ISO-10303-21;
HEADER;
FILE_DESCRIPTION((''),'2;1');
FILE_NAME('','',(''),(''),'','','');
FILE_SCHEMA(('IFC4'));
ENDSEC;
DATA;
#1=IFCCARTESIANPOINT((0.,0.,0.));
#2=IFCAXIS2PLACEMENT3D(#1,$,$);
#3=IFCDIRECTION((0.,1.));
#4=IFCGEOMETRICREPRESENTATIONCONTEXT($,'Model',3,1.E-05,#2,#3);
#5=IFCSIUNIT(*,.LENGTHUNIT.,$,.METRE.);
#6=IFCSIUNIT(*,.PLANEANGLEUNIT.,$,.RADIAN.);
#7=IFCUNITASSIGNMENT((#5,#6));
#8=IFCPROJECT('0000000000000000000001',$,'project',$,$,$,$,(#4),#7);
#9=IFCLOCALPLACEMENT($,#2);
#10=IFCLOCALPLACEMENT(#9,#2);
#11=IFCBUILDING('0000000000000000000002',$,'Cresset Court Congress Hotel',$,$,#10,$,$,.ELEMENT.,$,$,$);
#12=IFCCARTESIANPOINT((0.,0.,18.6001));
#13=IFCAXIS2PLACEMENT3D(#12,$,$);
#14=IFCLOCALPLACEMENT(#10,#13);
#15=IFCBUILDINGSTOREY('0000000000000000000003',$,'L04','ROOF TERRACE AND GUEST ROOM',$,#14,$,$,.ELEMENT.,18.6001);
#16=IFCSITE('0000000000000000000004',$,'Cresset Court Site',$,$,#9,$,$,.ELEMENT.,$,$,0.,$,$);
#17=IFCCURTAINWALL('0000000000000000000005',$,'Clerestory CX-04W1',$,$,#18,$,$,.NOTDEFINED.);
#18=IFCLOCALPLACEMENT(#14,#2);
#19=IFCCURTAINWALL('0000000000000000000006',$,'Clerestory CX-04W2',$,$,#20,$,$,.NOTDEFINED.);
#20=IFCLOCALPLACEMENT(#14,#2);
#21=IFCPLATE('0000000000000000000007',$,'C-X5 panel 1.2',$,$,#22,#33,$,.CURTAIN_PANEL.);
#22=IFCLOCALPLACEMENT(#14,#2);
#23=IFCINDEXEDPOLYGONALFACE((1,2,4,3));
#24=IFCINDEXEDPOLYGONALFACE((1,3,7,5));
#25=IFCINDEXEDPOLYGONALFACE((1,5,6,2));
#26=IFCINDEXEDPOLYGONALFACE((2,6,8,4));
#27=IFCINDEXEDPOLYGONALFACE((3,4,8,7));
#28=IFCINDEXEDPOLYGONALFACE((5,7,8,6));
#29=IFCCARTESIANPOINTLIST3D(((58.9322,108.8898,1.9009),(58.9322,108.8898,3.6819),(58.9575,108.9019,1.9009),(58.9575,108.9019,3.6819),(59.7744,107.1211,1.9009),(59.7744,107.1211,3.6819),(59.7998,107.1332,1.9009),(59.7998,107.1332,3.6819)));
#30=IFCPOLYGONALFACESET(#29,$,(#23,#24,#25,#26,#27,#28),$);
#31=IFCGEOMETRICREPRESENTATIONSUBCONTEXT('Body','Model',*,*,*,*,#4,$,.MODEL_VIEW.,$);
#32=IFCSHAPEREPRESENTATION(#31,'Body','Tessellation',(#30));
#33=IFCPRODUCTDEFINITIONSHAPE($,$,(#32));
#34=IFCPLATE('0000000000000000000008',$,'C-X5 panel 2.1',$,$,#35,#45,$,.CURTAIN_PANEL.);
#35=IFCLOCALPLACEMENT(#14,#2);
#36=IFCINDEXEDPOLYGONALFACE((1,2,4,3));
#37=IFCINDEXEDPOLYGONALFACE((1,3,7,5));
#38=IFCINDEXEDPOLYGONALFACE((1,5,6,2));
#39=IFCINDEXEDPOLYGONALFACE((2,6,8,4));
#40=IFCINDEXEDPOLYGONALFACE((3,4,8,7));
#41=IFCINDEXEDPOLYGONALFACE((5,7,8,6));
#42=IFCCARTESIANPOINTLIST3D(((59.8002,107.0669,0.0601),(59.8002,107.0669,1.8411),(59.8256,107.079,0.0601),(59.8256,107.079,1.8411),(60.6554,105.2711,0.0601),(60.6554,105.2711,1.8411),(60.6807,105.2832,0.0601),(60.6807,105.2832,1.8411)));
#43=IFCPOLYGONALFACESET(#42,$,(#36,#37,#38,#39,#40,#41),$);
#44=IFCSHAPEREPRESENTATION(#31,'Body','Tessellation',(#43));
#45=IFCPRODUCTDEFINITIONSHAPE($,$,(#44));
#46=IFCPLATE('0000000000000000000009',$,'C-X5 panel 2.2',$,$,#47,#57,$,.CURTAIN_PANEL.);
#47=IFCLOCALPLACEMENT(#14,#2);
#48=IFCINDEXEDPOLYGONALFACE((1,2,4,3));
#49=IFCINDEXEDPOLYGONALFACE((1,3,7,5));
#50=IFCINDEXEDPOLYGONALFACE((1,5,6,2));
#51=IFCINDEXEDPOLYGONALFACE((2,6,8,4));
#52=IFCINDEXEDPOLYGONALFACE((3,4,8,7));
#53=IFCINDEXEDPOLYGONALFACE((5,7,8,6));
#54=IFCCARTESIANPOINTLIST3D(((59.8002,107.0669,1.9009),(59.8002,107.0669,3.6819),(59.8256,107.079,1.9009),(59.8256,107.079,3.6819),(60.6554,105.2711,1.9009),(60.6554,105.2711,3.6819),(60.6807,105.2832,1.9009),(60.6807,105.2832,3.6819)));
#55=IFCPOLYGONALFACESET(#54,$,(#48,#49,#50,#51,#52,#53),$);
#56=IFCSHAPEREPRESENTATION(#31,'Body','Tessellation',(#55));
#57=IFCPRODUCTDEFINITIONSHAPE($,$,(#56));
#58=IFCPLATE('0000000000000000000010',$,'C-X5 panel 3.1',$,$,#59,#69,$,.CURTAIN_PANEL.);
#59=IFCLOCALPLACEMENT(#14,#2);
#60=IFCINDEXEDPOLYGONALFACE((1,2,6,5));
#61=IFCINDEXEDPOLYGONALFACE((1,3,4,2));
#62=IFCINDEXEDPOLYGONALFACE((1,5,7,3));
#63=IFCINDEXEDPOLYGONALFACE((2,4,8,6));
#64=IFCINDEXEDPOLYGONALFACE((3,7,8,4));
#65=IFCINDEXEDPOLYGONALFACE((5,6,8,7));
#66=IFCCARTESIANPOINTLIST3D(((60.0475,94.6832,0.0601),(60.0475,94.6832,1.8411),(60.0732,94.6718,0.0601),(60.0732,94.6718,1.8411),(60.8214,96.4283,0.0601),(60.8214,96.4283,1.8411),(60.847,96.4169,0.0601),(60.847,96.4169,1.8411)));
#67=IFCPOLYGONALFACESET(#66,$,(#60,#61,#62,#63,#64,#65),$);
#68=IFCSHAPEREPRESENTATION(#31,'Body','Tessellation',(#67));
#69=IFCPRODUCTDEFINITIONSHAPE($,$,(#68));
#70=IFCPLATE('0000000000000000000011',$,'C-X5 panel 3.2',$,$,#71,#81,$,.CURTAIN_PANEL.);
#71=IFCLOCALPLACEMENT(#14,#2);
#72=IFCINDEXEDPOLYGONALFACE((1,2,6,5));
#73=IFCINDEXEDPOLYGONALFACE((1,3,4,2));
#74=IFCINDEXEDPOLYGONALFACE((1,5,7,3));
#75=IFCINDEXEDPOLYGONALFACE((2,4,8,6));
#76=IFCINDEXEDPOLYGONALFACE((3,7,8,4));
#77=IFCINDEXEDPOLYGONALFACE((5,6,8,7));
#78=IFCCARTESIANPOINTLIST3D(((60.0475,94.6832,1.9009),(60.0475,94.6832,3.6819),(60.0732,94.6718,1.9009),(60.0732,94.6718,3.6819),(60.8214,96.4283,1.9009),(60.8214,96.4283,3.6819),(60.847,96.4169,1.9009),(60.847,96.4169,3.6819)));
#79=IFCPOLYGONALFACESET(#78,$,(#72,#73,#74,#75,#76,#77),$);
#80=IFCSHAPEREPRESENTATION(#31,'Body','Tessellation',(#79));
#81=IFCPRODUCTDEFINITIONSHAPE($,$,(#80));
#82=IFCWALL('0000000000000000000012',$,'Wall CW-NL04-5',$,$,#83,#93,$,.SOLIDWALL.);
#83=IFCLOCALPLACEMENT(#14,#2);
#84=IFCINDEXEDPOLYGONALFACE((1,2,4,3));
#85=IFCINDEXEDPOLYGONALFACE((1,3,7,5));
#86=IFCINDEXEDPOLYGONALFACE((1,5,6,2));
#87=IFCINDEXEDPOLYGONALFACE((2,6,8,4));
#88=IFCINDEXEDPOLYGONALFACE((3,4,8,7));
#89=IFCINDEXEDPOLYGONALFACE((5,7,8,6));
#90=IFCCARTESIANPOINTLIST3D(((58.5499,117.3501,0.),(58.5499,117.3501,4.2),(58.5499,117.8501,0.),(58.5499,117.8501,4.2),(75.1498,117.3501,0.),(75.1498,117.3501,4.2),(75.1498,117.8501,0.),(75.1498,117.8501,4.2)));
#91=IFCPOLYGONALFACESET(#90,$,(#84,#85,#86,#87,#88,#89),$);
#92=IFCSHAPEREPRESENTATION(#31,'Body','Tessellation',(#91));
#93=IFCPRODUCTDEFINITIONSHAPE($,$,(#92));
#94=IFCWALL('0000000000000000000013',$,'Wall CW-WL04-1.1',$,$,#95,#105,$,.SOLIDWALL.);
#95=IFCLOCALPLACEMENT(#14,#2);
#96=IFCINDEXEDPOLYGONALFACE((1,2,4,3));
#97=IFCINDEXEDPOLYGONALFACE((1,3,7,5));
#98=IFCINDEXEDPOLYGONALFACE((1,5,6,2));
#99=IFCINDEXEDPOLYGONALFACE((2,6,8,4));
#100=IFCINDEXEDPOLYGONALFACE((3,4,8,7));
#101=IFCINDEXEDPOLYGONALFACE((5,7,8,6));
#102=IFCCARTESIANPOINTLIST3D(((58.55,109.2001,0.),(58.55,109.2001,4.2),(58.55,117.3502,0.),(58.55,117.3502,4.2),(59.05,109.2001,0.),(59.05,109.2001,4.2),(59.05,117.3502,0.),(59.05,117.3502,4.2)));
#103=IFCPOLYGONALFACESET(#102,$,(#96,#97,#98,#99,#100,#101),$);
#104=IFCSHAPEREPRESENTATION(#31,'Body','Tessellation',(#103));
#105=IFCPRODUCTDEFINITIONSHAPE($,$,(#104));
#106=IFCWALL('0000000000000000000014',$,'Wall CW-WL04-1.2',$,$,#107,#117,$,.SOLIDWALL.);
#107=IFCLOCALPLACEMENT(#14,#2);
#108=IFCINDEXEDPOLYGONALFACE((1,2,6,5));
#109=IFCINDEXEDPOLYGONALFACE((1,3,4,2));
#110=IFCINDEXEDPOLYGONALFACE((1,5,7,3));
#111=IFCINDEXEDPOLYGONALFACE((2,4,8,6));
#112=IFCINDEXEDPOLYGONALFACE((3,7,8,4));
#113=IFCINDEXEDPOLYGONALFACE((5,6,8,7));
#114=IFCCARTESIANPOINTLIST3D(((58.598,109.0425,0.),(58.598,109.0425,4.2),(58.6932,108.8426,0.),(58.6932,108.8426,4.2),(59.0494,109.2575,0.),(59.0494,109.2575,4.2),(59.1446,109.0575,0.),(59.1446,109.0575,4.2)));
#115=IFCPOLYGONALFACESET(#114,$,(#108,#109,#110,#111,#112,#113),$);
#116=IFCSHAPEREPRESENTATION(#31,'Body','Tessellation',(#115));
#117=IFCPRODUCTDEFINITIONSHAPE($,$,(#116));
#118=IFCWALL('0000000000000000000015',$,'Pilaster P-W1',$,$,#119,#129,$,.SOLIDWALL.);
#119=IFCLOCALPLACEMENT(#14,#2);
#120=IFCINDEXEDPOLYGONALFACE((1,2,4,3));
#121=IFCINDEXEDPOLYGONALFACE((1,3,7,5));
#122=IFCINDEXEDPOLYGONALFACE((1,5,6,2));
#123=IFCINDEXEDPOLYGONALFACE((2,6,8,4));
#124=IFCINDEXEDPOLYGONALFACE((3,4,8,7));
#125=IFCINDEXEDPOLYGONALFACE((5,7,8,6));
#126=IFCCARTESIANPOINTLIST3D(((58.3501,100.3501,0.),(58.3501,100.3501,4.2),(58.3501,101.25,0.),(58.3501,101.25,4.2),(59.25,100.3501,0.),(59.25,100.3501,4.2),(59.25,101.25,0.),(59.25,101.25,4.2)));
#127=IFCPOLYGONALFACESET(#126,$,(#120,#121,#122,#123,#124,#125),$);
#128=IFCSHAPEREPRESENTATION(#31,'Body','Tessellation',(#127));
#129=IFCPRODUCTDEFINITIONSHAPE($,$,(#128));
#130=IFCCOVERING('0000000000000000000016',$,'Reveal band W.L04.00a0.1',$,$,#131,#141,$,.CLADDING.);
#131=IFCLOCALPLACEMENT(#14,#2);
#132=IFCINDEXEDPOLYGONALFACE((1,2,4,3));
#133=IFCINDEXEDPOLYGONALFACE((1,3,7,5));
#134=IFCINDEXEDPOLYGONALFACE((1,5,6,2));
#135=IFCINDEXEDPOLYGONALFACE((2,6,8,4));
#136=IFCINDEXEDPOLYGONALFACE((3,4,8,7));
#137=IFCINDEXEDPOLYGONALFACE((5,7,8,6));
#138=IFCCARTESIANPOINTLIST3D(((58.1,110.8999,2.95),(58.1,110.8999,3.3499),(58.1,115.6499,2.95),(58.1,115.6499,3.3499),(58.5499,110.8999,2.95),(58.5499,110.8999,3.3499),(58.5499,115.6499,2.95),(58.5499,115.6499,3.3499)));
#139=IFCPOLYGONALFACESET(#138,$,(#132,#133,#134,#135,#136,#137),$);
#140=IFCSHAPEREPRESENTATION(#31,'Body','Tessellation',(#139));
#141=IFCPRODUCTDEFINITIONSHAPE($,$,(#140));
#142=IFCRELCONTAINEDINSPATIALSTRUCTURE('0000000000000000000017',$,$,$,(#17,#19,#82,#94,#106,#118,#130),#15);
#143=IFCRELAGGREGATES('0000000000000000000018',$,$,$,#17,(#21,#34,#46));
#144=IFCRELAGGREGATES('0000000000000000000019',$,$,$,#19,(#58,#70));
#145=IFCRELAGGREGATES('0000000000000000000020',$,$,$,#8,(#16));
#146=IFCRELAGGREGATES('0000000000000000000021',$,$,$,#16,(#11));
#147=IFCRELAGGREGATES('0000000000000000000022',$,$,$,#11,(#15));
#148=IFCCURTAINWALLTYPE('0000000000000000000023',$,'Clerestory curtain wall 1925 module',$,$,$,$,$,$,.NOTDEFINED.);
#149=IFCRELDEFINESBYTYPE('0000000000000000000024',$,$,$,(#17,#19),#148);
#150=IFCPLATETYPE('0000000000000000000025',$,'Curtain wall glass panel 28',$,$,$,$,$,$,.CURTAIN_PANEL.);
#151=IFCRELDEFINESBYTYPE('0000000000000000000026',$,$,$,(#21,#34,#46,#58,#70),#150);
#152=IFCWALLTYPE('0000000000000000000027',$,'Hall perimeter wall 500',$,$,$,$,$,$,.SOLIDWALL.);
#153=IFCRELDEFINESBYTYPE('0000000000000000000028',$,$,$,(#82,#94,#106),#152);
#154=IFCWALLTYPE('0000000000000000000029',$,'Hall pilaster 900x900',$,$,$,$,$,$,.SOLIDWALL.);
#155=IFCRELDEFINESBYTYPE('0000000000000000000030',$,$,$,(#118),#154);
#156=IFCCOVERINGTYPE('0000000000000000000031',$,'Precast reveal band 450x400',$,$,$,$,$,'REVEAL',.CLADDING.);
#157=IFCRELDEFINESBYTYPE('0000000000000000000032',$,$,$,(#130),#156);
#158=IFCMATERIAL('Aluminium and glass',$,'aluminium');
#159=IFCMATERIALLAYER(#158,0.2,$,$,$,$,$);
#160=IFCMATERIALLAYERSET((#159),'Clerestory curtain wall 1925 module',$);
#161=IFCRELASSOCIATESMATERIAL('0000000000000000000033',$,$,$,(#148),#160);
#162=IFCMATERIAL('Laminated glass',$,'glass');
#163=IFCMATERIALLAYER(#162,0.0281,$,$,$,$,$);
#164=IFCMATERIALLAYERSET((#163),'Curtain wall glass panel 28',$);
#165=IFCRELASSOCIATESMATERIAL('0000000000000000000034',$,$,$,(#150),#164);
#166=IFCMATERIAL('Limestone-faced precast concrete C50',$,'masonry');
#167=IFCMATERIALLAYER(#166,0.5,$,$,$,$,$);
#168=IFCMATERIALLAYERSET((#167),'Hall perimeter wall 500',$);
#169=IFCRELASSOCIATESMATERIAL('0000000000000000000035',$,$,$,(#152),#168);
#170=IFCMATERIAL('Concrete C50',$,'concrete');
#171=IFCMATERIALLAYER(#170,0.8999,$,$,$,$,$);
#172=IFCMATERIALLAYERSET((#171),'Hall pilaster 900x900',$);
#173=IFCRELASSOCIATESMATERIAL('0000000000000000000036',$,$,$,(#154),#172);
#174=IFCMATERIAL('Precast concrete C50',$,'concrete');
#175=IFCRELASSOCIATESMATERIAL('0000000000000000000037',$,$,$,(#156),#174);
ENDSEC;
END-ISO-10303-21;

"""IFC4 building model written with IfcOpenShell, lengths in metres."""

from ifc_helpers import new_model, si_unit, direction, frame, frame_2d, origin, origin_2d, place, context, subcontext, project, spatial, rectangle, extrude, material, layer, layer_set, type_object, element, aggregate, save


model = new_model("IFC4")

# Units and contexts
model_context = context("Model", 3, precision=1e-05, world=origin(), true_north=direction((0.0, 1.0)))
body_context = subcontext(model_context, "Body", "Model", "MODEL_VIEW")
ifc_project = project(units=[si_unit("LENGTHUNIT", "METRE"), si_unit("PLANEANGLEUNIT", "RADIAN")], contexts=[model_context])

# Site, building, storey
site_placement = place(None, origin())
site = spatial("IfcSite", under=ifc_project, at=site_placement, Name="Cresset Court Site", CompositionType="ELEMENT", RefElevation=0.0)
building_placement = place(site_placement, origin())
building = spatial("IfcBuilding", under=site, at=building_placement, Name="Cresset Court Congress Hotel", CompositionType="ELEMENT")
storey_placement = place(building_placement, frame((0.0, 0.0, 18.6001)))
storey = spatial("IfcBuildingStorey", under=building, at=storey_placement, Name="L04", Description="ROOF TERRACE AND GUEST ROOM", CompositionType="ELEMENT", Elevation=18.6001)

# Curtain wall
ifc_material_1 = material(Name="Aluminium and glass", Category="aluminium")
ifc_layer_1 = layer(ifc_material_1, 0.2)
ifc_layer_set_1 = layer_set([ifc_layer_1], Name="Clerestory curtain wall 1925 module")
curtain_wall_type = type_object("IfcCurtainWallType", Name="Clerestory curtain wall 1925 module", PredefinedType="NOTDEFINED", material=ifc_layer_set_1)
curtain_wall_1_placement = place(storey_placement, origin())
curtain_wall_1 = element("IfcCurtainWall", 1, at=curtain_wall_1_placement, inside=storey, type_object=curtain_wall_type, Name="Clerestory CX-04W1", PredefinedType="NOTDEFINED")

# Curtain wall
curtain_wall_2_placement = place(storey_placement, origin())
curtain_wall_2 = element("IfcCurtainWall", 2, at=curtain_wall_2_placement, inside=storey, type_object=curtain_wall_type, Name="Clerestory CX-04W2", PredefinedType="NOTDEFINED")

# Plates
ifc_material_2 = material(Name="Laminated glass", Category="glass")
ifc_layer_2 = layer(ifc_material_2, 0.0281)
ifc_layer_set_2 = layer_set([ifc_layer_2], Name="Curtain wall glass panel 28")
plate_type = type_object("IfcPlateType", Name="Curtain wall glass panel 28", PredefinedType="CURTAIN_PANEL", material=ifc_layer_set_2)
plate_1_placement = place(storey_placement, frame((59.366, 108.0115, 1.9009), z_axis=(0.0, 0.0, 1.0), x_axis=(0.429934, -0.902861, 0.0)))
plate_1 = element("IfcPlate", 3, at=plate_1_placement, type_object=plate_type, Name="C-X5 panel 1.2", PredefinedType="CURTAIN_PANEL", context=body_context, shape_type="SweptSolid", body=[
    extrude(rectangle(XDim=1.959, YDim=0.0281, at=origin_2d()), origin(), (0.0, 0.0, 1.0), 1.781),
])
plate_2_placement = place(storey_placement, frame((60.2405, 106.175, 0.0601), z_axis=(0.0, 0.0, 1.0), x_axis=(0.429934, -0.902861, 0.0)))
plate_2 = element("IfcPlate", 4, at=plate_2_placement, type_object=plate_type, Name="C-X5 panel 2.1", PredefinedType="CURTAIN_PANEL", context=body_context, shape_type="SweptSolid", body=[
    extrude(rectangle(XDim=1.989, YDim=0.0281, at=origin_2d()), origin(), (0.0, 0.0, 1.0), 1.781),
])
plate_3_placement = place(storey_placement, frame((60.2405, 106.175, 1.9009), z_axis=(0.0, 0.0, 1.0), x_axis=(0.429934, -0.902861, 0.0)))
plate_3 = element("IfcPlate", 5, at=plate_3_placement, type_object=plate_type, Name="C-X5 panel 2.2", PredefinedType="CURTAIN_PANEL", context=body_context, shape_type="SweptSolid", body=[
    extrude(rectangle(XDim=1.989, YDim=0.0281, at=origin_2d()), origin(), (0.0, 0.0, 1.0), 1.781),
])
aggregate(curtain_wall_1, [plate_1, plate_2, plate_3])
plate_4_placement = place(storey_placement, frame((60.4473, 95.55, 0.0601), z_axis=(0.0, 0.0, 1.0), x_axis=(-0.405381, -0.914148, 0.0)))
plate_4 = element("IfcPlate", 6, at=plate_4_placement, type_object=plate_type, Name="C-X5 panel 3.1", PredefinedType="CURTAIN_PANEL", context=body_context, shape_type="SweptSolid", body=[
    extrude(rectangle(XDim=1.9089, YDim=0.0281, at=origin_2d()), origin(), (0.0, 0.0, 1.0), 1.781),
])
plate_5_placement = place(storey_placement, frame((60.4473, 95.55, 1.9009), z_axis=(0.0, 0.0, 1.0), x_axis=(-0.405381, -0.914148, 0.0)))
plate_5 = element("IfcPlate", 7, at=plate_5_placement, type_object=plate_type, Name="C-X5 panel 3.2", PredefinedType="CURTAIN_PANEL", context=body_context, shape_type="SweptSolid", body=[
    extrude(rectangle(XDim=1.9089, YDim=0.0281, at=origin_2d()), origin(), (0.0, 0.0, 1.0), 1.781),
])
aggregate(curtain_wall_2, [plate_4, plate_5])

# Walls
ifc_material_3 = material(Name="Limestone-faced precast concrete C50", Category="masonry")
ifc_layer_3 = layer(ifc_material_3, 0.5)
ifc_layer_set_3 = layer_set([ifc_layer_3], Name="Hall perimeter wall 500")
wall_type_1 = type_object("IfcWallType", Name="Hall perimeter wall 500", PredefinedType="SOLIDWALL", material=ifc_layer_set_3)
wall_1_placement = place(storey_placement, frame((58.55, 117.6001, 0.0), z_axis=(0.0, 0.0, 1.0), x_axis=(1.0, 0.0, 0.0)))
element("IfcWall", 8, at=wall_1_placement, inside=storey, type_object=wall_type_1, Name="Wall CW-NL04-5", PredefinedType="SOLIDWALL", context=body_context, shape_type="SweptSolid", body=[
    extrude(rectangle(XDim=16.5999, YDim=0.5, at=frame_2d((8.2998, 0.0))), origin(), (0.0, 0.0, 1.0), 4.2),
])
wall_2_placement = place(storey_placement, frame((58.8, 109.2, 0.0), z_axis=(0.0, 0.0, 1.0), x_axis=(0.0, 1.0, 0.0)))
element("IfcWall", 9, at=wall_2_placement, inside=storey, type_object=wall_type_1, Name="Wall CW-WL04-1.1", PredefinedType="SOLIDWALL", context=body_context, shape_type="SweptSolid", body=[
    extrude(rectangle(XDim=8.1501, YDim=0.5, at=frame_2d((4.0752, 0.0))), origin(), (0.0, 0.0, 1.0), 4.2),
])
wall_3_placement = place(storey_placement, frame((58.9189, 108.95, 0.0), z_axis=(0.0, 0.0, 1.0), x_axis=(-0.429934, 0.902861, 0.0)))
element("IfcWall", 10, at=wall_3_placement, inside=storey, type_object=wall_type_1, Name="Wall CW-WL04-1.2", PredefinedType="SOLIDWALL", context=body_context, shape_type="SweptSolid", body=[
    extrude(rectangle(XDim=0.2214, YDim=0.5, at=frame_2d((0.1108, 0.0))), origin(), (0.0, 0.0, 1.0), 4.2),
])
ifc_material_4 = material(Name="Concrete C50", Category="concrete")
ifc_layer_4 = layer(ifc_material_4, 0.8999)
ifc_layer_set_4 = layer_set([ifc_layer_4], Name="Hall pilaster 900x900")
wall_type_2 = type_object("IfcWallType", Name="Hall pilaster 900x900", PredefinedType="SOLIDWALL", material=ifc_layer_set_4)
wall_4_placement = place(storey_placement, frame((58.8, 101.25, 0.0), z_axis=(0.0, 0.0, 1.0), x_axis=(0.0, -1.0, 0.0)))
element("IfcWall", 11, at=wall_4_placement, inside=storey, type_object=wall_type_2, Name="Pilaster P-W1", PredefinedType="SOLIDWALL", context=body_context, shape_type="SweptSolid", body=[
    extrude(rectangle(XDim=0.8999, YDim=0.8999, at=frame_2d((0.45, 0.0))), origin(), (0.0, 0.0, 1.0), 4.2),
])

# Covering
ifc_material_5 = material(Name="Precast concrete C50", Category="concrete")
covering_type = type_object("IfcCoveringType", Name="Precast reveal band 450x400", ElementType="REVEAL", PredefinedType="CLADDING", material=ifc_material_5)
covering_placement = place(storey_placement, frame((58.325, 113.2749, 2.95), z_axis=(0.0, 0.0, 1.0), x_axis=(0.0, 1.0, 0.0)))
element("IfcCovering", 12, at=covering_placement, inside=storey, type_object=covering_type, Name="Reveal band W.L04.00a0.1", PredefinedType="CLADDING", context=body_context, shape_type="SweptSolid", body=[
    extrude(rectangle(XDim=4.75, YDim=0.45, at=origin_2d()), origin(), (0.0, 0.0, 1.0), 0.3999),
])

save(model, "model.ifc")
